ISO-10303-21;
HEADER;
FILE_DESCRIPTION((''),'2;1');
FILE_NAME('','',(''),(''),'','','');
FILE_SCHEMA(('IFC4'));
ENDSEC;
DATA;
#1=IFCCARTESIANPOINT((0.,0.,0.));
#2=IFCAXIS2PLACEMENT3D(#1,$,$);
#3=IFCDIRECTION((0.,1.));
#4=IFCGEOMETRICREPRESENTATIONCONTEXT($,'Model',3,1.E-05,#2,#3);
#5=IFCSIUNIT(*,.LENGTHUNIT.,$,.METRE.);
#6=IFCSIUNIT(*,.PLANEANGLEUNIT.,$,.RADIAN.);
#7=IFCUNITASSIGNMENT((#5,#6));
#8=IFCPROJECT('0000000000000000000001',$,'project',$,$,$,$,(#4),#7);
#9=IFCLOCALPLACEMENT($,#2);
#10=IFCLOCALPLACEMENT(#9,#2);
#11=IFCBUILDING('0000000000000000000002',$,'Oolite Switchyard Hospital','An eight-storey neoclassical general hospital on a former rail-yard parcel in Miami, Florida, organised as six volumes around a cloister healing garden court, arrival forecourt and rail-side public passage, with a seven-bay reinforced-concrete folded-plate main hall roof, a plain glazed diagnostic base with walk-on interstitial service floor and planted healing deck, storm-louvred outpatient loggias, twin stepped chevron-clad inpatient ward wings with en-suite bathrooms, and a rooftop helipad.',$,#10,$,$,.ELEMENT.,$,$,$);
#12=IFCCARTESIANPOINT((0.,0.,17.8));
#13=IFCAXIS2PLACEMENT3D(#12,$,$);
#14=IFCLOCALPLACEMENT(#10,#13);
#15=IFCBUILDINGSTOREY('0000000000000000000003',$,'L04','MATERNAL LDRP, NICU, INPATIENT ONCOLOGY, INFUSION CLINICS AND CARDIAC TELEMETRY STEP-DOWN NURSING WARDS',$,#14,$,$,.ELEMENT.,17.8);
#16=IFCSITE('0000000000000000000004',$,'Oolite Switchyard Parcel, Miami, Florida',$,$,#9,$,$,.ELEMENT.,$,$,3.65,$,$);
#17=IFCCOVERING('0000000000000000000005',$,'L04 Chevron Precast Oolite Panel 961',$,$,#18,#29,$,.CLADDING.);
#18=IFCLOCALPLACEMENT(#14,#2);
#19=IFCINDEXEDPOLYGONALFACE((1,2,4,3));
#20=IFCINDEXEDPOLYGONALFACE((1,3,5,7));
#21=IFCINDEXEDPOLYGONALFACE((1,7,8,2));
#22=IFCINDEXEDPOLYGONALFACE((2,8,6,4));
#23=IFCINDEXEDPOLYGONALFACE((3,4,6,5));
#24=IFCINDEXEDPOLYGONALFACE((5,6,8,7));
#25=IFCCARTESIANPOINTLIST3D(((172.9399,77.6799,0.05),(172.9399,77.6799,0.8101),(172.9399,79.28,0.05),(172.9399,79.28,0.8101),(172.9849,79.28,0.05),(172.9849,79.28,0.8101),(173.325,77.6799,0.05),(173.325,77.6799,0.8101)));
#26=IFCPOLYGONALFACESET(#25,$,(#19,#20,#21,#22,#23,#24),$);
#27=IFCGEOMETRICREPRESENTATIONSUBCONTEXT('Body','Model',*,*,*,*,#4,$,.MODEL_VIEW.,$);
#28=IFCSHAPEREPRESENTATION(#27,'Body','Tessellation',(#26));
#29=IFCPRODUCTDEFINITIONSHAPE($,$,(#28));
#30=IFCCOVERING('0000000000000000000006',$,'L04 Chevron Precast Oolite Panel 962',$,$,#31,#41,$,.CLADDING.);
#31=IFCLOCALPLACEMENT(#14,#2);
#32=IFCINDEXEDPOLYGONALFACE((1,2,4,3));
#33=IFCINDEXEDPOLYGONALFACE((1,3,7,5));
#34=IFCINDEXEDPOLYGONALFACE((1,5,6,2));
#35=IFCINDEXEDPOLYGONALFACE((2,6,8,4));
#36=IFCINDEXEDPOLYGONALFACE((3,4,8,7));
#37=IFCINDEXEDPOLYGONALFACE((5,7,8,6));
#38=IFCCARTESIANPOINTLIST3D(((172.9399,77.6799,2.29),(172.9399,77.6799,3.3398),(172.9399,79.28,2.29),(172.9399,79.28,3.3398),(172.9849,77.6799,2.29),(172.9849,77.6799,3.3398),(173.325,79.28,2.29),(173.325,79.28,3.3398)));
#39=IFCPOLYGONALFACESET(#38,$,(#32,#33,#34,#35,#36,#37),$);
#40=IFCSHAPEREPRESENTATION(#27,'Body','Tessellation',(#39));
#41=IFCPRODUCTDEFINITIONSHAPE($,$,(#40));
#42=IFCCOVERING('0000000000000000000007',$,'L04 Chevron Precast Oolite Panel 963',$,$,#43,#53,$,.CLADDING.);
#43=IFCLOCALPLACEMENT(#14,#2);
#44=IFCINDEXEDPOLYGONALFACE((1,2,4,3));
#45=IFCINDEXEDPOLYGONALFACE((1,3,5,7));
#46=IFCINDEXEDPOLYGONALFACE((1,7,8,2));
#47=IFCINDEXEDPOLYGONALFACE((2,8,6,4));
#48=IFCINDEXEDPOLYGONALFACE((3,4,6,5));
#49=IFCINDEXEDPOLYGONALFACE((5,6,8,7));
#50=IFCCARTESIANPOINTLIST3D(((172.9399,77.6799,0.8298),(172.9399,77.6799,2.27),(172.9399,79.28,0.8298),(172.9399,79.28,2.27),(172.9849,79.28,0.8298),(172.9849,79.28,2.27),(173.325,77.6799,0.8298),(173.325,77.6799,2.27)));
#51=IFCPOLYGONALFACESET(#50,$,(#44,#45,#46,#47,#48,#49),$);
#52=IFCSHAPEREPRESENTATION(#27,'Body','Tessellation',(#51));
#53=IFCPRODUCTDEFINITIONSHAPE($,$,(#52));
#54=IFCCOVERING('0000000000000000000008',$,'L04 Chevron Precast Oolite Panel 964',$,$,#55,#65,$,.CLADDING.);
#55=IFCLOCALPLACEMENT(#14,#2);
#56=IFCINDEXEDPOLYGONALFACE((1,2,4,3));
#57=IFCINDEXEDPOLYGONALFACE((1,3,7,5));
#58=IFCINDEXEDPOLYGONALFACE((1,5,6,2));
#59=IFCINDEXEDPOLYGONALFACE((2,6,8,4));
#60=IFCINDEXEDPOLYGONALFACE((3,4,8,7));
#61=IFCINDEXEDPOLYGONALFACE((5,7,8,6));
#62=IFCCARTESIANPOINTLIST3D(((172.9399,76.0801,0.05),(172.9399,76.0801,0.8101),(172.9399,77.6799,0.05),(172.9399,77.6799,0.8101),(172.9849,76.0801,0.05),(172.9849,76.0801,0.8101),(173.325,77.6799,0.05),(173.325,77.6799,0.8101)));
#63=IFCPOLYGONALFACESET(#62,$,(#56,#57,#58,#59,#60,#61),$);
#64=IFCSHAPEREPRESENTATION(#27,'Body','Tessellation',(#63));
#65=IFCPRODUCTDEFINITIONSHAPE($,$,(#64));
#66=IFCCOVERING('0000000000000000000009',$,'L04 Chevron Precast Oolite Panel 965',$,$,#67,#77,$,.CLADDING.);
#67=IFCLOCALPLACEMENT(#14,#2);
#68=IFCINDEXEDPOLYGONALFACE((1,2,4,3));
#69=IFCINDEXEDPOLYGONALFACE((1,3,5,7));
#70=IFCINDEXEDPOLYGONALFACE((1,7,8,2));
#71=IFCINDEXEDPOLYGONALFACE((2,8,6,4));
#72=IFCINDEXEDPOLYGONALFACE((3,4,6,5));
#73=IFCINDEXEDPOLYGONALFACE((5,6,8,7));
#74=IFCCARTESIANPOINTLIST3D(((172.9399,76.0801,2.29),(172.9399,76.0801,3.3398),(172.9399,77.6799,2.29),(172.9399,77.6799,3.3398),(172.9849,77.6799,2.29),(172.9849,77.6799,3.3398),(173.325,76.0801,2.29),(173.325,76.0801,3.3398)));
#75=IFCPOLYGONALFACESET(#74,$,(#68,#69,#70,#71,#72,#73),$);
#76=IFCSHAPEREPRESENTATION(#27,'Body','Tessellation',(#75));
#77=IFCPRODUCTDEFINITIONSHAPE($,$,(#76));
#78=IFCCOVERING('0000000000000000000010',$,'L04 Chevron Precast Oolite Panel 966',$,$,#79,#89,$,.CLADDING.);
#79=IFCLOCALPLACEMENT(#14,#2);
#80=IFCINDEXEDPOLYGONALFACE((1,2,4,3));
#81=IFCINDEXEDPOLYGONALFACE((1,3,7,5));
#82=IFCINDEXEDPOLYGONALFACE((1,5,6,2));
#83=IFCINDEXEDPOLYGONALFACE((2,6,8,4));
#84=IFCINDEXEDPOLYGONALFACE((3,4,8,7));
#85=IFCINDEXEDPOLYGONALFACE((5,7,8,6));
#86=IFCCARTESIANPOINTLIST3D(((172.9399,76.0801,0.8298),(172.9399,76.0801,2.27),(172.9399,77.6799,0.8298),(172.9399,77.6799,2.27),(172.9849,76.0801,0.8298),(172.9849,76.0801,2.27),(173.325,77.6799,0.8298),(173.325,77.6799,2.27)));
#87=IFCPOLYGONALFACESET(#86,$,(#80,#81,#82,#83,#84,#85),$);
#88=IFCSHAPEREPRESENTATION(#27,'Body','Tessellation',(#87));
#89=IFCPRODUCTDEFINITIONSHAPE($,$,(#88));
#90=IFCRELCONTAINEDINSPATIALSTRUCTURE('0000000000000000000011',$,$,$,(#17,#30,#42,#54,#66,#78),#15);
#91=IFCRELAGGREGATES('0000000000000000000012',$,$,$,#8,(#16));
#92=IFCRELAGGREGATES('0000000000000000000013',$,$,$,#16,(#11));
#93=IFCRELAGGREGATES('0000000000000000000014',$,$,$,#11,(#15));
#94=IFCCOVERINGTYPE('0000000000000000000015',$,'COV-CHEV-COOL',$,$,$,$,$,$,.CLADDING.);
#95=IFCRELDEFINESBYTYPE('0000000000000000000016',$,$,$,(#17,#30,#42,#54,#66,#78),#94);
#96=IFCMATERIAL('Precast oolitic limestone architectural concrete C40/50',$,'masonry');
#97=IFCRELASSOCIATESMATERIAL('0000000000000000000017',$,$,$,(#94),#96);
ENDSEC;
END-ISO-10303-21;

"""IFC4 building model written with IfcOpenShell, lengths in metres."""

from ifc_helpers import new_model, si_unit, direction, frame, origin, place, context, subcontext, project, spatial, polyline, outline, extrude, material, type_object, element, save


model = new_model("IFC4")

# Units and contexts
model_context = context("Model", 3, precision=1e-05, world=origin(), true_north=direction((0.0, 1.0)))
body_context = subcontext(model_context, "Body", "Model", "MODEL_VIEW")
ifc_project = project(units=[si_unit("LENGTHUNIT", "METRE"), si_unit("PLANEANGLEUNIT", "RADIAN")], contexts=[model_context])

# Site, building, storey
site_placement = place(None, origin())
site = spatial("IfcSite", under=ifc_project, at=site_placement, Name="Oolite Switchyard Parcel, Miami, Florida", CompositionType="ELEMENT", RefElevation=3.65)
building_placement = place(site_placement, origin())
building = spatial("IfcBuilding", under=site, at=building_placement, Name="Oolite Switchyard Hospital", Description="An eight-storey neoclassical general hospital on a former rail-yard parcel in Miami, Florida, organised as six volumes around a cloister healing garden court, arrival forecourt and rail-side public passage, with a seven-bay reinforced-concrete folded-plate main hall roof, a plain glazed diagnostic base with walk-on interstitial service floor and planted healing deck, storm-louvred outpatient loggias, twin stepped chevron-clad inpatient ward wings with en-suite bathrooms, and a rooftop helipad.", CompositionType="ELEMENT")
storey_placement = place(building_placement, frame((0.0, 0.0, 17.8)))
storey = spatial("IfcBuildingStorey", under=building, at=storey_placement, Name="L04", Description="MATERNAL LDRP, NICU, INPATIENT ONCOLOGY, INFUSION CLINICS AND CARDIAC TELEMETRY STEP-DOWN NURSING WARDS", CompositionType="ELEMENT", Elevation=17.8)

# Shared definitions
ifc_material_1 = material(Name="Precast oolitic limestone architectural concrete C40/50", Category="masonry")

# Coverings
covering_type = type_object("IfcCoveringType", Name="COV-CHEV-COOL", PredefinedType="CLADDING", material=ifc_material_1)
covering_1_placement = place(storey_placement, frame((172.9399, 79.28, 0.05), z_axis=(0.0, 0.0, 1.0), x_axis=(0.0, -1.0, 0.0)))
element("IfcCovering", 1, at=covering_1_placement, inside=storey, type_object=covering_type, Name="L04 Chevron Precast Oolite Panel 961", PredefinedType="CLADDING", context=body_context, shape_type="SweptSolid", body=[
    extrude(outline(polyline([(0.0, 0.0), (1.6001, 0.0), (1.6001, 0.385), (0.0, 0.0449), (0.0, 0.0)])), origin(), (0.0, 0.0, 1.0), 0.76),
])
covering_2_placement = place(storey_placement, frame((172.9399, 79.28, 2.29), z_axis=(0.0, 0.0, 1.0), x_axis=(0.0, -1.0, 0.0)))
element("IfcCovering", 2, at=covering_2_placement, inside=storey, type_object=covering_type, Name="L04 Chevron Precast Oolite Panel 962", PredefinedType="CLADDING", context=body_context, shape_type="SweptSolid", body=[
    extrude(outline(polyline([(0.0, 0.0), (1.6001, 0.0), (1.6001, 0.0449), (0.0, 0.385), (0.0, 0.0)])), origin(), (0.0, 0.0, 1.0), 1.0498),
])
covering_3_placement = place(storey_placement, frame((172.9399, 79.28, 0.8298), z_axis=(0.0, 0.0, 1.0), x_axis=(0.0, -1.0, 0.0)))
element("IfcCovering", 3, at=covering_3_placement, inside=storey, type_object=covering_type, Name="L04 Chevron Precast Oolite Panel 963", PredefinedType="CLADDING", context=body_context, shape_type="SweptSolid", body=[
    extrude(outline(polyline([(0.0, 0.0), (1.6001, 0.0), (1.6001, 0.385), (0.0, 0.0449), (0.0, 0.0)])), origin(), (0.0, 0.0, 1.0), 1.4402),
])
covering_4_placement = place(storey_placement, frame((172.9399, 77.6799, 0.05), z_axis=(0.0, 0.0, 1.0), x_axis=(0.0, -1.0, 0.0)))
element("IfcCovering", 4, at=covering_4_placement, inside=storey, type_object=covering_type, Name="L04 Chevron Precast Oolite Panel 964", PredefinedType="CLADDING", context=body_context, shape_type="SweptSolid", body=[
    extrude(outline(polyline([(0.0, 0.0), (1.5999, 0.0), (1.5999, 0.0449), (0.0, 0.385), (0.0, 0.0)])), origin(), (0.0, 0.0, 1.0), 0.76),
])
covering_5_placement = place(storey_placement, frame((172.9399, 77.6799, 2.29), z_axis=(0.0, 0.0, 1.0), x_axis=(0.0, -1.0, 0.0)))
element("IfcCovering", 5, at=covering_5_placement, inside=storey, type_object=covering_type, Name="L04 Chevron Precast Oolite Panel 965", PredefinedType="CLADDING", context=body_context, shape_type="SweptSolid", body=[
    extrude(outline(polyline([(0.0, 0.0), (1.5999, 0.0), (1.5999, 0.385), (0.0, 0.0449), (0.0, 0.0)])), origin(), (0.0, 0.0, 1.0), 1.0498),
])
covering_6_placement = place(storey_placement, frame((172.9399, 77.6799, 0.8298), z_axis=(0.0, 0.0, 1.0), x_axis=(0.0, -1.0, 0.0)))
element("IfcCovering", 6, at=covering_6_placement, inside=storey, type_object=covering_type, Name="L04 Chevron Precast Oolite Panel 966", PredefinedType="CLADDING", context=body_context, shape_type="SweptSolid", body=[
    extrude(outline(polyline([(0.0, 0.0), (1.5999, 0.0), (1.5999, 0.0449), (0.0, 0.385), (0.0, 0.0)])), origin(), (0.0, 0.0, 1.0), 1.4402),
])

save(model, "model.ifc")
